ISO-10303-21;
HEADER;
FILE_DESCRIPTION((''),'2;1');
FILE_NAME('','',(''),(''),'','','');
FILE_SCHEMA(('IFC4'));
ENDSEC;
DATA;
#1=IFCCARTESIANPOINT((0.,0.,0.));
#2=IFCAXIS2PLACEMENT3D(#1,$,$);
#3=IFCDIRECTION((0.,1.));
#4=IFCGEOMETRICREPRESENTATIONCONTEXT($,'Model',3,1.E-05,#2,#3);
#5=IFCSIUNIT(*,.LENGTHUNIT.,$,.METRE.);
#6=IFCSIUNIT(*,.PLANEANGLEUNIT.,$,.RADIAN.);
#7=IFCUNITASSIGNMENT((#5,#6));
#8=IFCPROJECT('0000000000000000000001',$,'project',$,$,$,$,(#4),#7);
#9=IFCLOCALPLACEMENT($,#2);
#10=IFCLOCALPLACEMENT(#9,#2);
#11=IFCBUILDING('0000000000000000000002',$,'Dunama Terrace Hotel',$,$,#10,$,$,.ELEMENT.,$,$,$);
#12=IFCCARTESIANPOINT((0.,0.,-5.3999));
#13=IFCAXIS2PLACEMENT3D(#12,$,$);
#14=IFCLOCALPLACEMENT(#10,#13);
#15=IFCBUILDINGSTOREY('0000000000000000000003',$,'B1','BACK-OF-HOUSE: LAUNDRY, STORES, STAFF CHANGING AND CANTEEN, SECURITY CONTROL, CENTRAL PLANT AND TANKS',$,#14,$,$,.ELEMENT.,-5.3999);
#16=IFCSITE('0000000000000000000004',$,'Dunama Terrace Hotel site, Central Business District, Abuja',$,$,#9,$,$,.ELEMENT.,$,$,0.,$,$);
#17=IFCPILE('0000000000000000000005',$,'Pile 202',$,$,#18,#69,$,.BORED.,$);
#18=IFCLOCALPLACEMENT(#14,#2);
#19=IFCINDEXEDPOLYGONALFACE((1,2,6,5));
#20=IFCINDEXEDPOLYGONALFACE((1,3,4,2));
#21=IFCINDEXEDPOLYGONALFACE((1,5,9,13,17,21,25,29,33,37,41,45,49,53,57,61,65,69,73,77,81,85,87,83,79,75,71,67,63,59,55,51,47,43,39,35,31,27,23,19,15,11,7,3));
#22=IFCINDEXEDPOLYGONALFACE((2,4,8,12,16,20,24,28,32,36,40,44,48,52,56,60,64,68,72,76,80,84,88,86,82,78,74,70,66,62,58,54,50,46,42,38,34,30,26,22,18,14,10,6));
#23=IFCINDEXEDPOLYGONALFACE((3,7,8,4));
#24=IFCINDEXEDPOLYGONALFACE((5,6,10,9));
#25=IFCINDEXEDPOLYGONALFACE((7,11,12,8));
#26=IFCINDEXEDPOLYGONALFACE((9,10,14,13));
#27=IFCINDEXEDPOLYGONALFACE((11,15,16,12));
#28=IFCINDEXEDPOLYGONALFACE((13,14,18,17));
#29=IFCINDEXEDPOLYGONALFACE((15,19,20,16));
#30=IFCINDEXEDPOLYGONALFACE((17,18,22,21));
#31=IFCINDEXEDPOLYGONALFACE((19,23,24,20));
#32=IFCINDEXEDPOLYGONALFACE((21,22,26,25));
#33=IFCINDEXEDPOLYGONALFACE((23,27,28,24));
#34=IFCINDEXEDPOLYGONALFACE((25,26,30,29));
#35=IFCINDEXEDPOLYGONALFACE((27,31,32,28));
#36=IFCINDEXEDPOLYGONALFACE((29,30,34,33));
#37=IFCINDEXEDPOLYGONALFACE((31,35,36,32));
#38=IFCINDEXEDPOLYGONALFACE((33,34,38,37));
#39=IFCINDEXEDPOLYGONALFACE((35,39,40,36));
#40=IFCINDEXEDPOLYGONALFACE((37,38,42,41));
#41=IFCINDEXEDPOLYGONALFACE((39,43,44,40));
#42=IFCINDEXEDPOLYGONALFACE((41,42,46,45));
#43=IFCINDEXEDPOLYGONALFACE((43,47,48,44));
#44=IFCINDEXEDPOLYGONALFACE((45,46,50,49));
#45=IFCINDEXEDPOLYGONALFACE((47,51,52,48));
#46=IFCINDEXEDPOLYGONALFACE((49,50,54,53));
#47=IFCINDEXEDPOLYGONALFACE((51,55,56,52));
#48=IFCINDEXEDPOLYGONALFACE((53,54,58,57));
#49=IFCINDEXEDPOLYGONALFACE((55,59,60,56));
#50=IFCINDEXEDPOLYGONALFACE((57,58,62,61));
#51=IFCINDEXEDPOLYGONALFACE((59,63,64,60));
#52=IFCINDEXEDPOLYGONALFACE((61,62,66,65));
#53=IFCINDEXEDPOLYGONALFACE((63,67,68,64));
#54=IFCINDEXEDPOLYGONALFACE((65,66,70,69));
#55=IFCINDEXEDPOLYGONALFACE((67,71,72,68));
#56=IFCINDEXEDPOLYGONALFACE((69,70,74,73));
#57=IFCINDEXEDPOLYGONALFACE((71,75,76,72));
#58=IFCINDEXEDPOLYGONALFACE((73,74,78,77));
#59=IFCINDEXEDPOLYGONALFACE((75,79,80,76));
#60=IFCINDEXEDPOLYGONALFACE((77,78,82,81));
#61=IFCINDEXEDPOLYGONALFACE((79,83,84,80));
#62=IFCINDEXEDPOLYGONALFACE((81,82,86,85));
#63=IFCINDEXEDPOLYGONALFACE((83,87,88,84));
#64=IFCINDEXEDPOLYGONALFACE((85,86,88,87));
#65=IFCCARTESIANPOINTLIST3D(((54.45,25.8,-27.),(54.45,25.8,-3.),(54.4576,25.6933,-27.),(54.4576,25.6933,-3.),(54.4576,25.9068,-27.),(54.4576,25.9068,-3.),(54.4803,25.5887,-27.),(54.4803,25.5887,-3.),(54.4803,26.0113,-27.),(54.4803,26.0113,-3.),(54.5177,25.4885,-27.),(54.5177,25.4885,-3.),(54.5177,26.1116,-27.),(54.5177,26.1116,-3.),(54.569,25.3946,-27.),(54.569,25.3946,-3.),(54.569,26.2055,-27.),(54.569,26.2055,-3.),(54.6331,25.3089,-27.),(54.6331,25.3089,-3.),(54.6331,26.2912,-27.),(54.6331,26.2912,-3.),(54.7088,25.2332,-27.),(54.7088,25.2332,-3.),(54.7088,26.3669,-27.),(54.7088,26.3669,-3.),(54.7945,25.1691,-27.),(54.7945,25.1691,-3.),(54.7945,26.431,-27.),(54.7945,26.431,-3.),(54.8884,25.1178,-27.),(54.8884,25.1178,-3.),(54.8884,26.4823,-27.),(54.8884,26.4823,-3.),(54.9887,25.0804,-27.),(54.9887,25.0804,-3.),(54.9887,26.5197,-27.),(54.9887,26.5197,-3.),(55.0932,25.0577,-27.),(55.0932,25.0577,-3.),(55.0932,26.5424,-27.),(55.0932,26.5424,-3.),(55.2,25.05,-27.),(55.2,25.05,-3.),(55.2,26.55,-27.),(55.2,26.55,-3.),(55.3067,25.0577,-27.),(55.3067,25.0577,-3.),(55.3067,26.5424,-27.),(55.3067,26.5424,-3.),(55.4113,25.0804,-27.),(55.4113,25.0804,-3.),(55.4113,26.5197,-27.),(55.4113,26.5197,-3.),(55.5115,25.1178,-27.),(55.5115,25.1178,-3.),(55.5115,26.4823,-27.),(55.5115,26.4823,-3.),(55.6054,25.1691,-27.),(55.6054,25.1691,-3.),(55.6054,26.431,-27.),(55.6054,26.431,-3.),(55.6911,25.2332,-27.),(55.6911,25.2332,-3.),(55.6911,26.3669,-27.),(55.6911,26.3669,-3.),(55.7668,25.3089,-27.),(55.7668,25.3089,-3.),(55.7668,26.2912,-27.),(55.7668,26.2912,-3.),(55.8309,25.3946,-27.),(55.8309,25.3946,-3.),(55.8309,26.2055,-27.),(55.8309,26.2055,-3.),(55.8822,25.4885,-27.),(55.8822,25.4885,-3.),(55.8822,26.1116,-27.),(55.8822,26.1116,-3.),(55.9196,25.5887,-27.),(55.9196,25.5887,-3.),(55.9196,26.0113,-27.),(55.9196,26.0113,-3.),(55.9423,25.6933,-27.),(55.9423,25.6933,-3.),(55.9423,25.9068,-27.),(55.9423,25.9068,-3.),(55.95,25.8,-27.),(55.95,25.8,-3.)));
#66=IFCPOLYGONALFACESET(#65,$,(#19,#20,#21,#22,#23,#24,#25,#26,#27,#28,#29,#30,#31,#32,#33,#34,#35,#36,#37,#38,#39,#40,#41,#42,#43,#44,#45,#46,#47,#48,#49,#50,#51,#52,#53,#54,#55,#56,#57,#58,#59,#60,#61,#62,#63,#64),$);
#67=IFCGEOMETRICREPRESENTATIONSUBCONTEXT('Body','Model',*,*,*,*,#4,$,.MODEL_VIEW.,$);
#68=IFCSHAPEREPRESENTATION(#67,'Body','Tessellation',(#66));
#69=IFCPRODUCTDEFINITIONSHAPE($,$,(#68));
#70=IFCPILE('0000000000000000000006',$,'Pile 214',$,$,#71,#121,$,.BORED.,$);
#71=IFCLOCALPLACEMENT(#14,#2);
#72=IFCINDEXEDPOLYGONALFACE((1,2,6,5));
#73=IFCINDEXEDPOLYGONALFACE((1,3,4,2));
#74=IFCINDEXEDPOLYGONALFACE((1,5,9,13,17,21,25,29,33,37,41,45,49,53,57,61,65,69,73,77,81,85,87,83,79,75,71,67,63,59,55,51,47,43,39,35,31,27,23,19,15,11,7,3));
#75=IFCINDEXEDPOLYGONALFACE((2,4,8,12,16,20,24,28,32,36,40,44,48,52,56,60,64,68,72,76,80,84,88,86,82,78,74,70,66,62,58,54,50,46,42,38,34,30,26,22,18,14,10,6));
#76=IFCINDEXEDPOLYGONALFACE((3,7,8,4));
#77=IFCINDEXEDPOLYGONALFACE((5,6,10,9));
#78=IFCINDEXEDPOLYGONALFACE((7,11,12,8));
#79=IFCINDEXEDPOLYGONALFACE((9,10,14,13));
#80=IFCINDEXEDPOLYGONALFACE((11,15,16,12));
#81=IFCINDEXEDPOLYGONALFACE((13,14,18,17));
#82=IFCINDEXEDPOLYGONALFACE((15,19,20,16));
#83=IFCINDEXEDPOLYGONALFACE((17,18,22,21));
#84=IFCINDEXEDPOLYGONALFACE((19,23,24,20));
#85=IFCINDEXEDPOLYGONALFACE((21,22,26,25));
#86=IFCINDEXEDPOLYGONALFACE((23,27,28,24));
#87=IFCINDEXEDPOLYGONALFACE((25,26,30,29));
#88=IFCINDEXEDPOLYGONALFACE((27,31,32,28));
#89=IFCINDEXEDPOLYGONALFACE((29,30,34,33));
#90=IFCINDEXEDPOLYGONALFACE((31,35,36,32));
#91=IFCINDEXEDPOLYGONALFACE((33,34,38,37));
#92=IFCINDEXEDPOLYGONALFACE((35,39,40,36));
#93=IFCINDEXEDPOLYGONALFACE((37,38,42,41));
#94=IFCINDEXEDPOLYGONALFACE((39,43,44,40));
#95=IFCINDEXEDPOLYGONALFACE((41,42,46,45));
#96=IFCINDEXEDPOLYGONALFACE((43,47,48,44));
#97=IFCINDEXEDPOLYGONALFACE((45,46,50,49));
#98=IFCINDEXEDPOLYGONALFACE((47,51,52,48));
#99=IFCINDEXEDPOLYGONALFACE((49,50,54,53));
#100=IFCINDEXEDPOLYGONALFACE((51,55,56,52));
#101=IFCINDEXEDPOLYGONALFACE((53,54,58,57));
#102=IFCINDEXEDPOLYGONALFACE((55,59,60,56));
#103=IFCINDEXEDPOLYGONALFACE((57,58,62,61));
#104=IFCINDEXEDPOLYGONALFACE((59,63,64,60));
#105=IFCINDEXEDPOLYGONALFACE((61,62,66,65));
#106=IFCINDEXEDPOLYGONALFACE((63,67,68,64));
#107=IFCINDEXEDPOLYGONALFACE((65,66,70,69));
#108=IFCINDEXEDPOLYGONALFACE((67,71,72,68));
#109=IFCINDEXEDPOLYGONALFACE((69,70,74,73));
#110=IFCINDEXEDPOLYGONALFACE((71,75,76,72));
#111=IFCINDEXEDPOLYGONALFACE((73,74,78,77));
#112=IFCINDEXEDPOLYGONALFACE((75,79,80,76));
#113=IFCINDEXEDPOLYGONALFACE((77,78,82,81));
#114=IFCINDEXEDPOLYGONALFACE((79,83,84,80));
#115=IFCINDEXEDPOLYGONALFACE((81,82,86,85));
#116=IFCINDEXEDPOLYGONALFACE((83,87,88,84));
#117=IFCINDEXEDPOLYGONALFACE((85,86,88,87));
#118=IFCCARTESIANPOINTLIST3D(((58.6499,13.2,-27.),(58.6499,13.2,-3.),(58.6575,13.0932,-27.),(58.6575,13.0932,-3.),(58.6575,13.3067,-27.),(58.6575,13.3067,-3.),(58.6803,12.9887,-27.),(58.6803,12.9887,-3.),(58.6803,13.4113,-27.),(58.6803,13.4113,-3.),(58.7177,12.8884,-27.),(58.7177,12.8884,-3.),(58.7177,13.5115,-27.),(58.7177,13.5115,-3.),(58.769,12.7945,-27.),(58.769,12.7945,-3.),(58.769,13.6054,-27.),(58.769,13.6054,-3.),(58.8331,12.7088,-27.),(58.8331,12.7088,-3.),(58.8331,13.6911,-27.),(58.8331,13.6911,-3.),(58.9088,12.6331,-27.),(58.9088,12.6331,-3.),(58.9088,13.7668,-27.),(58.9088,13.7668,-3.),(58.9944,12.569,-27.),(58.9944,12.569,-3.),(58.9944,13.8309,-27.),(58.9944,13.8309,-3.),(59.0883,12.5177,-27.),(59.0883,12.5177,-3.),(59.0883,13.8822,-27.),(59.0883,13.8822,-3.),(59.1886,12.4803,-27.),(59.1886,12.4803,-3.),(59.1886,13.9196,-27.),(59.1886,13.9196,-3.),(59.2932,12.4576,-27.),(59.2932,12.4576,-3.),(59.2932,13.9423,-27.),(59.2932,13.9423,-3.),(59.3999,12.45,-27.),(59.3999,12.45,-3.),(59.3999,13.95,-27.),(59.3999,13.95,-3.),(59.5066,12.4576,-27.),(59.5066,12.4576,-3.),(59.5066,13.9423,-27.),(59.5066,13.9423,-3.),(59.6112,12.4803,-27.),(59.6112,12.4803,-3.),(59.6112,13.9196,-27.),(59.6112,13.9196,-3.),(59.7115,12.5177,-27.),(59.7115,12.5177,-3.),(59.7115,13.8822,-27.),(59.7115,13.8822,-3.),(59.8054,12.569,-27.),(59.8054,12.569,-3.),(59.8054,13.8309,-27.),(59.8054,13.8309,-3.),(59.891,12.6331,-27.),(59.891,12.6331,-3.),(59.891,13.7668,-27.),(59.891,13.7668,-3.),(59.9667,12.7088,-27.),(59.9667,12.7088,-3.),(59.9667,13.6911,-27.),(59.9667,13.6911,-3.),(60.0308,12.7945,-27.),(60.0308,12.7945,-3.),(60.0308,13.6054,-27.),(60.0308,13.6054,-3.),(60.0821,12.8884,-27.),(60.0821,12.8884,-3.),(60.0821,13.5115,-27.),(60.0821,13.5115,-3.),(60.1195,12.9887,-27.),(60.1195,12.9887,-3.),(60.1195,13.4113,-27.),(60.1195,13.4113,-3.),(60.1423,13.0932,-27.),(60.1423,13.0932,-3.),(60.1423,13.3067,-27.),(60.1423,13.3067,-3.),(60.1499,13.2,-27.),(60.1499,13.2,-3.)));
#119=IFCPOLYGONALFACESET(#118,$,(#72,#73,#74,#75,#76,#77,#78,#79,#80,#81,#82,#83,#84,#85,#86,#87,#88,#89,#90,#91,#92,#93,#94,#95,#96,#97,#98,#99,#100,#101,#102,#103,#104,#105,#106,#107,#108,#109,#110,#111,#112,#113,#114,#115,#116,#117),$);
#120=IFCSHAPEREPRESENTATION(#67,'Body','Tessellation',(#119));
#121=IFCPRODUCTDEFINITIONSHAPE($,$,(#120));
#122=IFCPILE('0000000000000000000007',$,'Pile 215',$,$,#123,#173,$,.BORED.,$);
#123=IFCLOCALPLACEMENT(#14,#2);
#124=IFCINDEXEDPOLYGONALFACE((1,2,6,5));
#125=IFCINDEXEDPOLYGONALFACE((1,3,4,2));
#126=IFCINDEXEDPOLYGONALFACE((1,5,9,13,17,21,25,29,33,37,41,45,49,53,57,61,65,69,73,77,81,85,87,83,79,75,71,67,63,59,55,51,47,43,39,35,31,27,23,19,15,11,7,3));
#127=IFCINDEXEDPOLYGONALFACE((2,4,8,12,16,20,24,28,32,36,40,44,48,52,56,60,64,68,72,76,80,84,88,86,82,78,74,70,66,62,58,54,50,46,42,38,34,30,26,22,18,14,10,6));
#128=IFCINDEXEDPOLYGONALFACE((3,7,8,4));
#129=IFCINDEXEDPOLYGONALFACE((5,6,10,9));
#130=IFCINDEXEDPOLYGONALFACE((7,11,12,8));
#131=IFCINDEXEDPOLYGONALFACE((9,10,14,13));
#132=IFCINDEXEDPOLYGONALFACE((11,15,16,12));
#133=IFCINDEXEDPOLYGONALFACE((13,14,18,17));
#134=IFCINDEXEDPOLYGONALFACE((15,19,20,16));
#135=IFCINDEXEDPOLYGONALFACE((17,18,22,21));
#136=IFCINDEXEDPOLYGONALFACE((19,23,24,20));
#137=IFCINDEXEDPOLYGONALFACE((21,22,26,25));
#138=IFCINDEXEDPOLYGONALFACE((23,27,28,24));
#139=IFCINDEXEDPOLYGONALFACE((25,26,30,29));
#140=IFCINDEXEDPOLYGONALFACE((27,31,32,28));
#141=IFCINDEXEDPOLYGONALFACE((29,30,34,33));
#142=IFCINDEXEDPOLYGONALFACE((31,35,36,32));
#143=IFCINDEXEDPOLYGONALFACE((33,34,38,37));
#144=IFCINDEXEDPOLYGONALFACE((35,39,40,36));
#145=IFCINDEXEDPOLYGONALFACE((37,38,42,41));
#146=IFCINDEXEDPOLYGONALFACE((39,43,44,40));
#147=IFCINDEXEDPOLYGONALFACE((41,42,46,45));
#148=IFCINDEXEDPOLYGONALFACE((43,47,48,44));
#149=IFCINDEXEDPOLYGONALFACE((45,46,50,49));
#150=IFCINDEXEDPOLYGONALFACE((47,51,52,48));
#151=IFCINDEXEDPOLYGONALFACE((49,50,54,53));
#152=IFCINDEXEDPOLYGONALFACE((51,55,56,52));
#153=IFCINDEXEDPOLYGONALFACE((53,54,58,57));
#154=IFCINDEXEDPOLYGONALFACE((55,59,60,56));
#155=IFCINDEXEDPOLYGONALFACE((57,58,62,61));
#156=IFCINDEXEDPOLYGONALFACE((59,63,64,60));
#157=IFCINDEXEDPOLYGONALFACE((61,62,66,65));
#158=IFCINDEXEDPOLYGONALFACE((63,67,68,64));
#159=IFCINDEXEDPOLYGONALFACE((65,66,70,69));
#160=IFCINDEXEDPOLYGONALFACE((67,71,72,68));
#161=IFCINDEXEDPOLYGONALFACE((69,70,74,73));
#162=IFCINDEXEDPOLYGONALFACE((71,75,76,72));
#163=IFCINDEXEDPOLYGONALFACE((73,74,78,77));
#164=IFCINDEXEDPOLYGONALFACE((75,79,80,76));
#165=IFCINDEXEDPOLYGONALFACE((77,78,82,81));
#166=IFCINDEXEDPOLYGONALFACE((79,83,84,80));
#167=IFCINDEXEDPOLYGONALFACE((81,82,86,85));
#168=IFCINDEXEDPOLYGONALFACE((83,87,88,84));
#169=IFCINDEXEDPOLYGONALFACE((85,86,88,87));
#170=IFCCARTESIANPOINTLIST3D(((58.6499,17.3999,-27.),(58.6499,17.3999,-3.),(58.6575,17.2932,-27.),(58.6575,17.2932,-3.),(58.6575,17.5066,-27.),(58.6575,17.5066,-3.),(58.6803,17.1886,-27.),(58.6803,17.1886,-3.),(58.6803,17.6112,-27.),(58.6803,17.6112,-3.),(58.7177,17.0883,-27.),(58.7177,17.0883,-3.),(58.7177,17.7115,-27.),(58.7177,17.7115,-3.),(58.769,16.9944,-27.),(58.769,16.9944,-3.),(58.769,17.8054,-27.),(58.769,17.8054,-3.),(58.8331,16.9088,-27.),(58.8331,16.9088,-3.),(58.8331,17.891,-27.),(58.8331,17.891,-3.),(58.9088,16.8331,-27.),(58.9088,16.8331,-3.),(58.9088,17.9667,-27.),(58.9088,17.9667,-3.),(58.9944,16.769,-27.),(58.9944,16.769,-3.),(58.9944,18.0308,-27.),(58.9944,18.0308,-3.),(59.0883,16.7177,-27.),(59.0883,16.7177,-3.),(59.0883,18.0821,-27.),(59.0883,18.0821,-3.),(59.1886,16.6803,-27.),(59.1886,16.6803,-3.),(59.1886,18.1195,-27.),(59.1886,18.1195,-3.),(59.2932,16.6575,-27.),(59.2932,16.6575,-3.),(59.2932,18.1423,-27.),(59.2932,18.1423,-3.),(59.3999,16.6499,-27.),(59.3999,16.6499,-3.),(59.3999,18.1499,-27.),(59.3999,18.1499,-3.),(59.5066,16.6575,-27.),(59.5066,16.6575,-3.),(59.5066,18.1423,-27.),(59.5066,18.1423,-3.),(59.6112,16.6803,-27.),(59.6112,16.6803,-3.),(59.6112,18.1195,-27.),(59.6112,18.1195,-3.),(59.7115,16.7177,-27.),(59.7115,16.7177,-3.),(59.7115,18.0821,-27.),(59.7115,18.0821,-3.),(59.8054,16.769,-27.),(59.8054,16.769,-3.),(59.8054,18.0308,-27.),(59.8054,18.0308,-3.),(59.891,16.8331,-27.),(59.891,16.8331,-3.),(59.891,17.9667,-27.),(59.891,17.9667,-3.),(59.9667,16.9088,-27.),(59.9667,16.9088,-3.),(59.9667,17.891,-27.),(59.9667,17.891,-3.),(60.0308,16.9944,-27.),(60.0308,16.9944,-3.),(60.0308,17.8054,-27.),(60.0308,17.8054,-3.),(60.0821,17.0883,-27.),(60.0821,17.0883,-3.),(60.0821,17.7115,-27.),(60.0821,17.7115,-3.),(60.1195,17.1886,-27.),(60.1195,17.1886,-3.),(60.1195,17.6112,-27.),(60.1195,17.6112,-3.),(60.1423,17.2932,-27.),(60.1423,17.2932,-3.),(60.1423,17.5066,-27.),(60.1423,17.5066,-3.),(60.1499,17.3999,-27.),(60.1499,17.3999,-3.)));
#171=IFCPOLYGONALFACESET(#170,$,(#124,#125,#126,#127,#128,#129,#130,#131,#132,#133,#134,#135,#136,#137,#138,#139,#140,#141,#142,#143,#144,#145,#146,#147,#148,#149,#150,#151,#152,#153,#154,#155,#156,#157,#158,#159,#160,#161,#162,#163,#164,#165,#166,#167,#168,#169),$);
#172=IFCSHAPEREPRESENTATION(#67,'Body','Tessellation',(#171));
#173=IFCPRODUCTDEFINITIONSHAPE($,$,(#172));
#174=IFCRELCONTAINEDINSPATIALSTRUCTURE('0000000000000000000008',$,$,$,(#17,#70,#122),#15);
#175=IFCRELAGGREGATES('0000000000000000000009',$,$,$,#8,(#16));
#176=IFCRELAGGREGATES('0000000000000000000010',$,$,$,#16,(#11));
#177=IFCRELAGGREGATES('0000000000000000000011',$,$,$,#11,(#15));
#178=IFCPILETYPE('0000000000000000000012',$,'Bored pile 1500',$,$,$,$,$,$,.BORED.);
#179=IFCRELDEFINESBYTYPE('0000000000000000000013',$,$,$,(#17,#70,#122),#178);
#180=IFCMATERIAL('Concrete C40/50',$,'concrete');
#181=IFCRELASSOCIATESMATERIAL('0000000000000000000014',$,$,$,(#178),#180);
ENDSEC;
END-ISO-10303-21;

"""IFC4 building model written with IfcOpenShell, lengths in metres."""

from ifc_helpers import new_model, si_unit, direction, frame, origin, origin_2d, place, context, subcontext, project, spatial, circle, extrude, material, material_profile, profile_set, type_object, element, save


model = new_model("IFC4")

# Units and contexts
model_context = context("Model", 3, precision=1e-05, world=origin(), true_north=direction((0.0, 1.0)))
body_context = subcontext(model_context, "Body", "Model", "MODEL_VIEW")
ifc_project = project(units=[si_unit("LENGTHUNIT", "METRE"), si_unit("PLANEANGLEUNIT", "RADIAN")], contexts=[model_context])

# Site, building, storey
site_placement = place(None, origin())
site = spatial("IfcSite", under=ifc_project, at=site_placement, Name="Dunama Terrace Hotel site, Central Business District, Abuja", CompositionType="ELEMENT", RefElevation=0.0)
building_placement = place(site_placement, origin())
building = spatial("IfcBuilding", under=site, at=building_placement, Name="Dunama Terrace Hotel", CompositionType="ELEMENT")
storey_placement = place(building_placement, frame((0.0, 0.0, -5.3999)))
storey = spatial("IfcBuildingStorey", under=building, at=storey_placement, Name="B1", Description="BACK-OF-HOUSE: LAUNDRY, STORES, STAFF CHANGING AND CANTEEN, SECURITY CONTROL, CENTRAL PLANT AND TANKS", CompositionType="ELEMENT", Elevation=-5.3999)

# Piles
ifc_material_1 = material(Name="Concrete C40/50", Category="concrete")
ifc_material_profile_1 = material_profile(ifc_material_1, circle(Radius=0.75, at=origin_2d()), Name="PILE D1500")
ifc_profile_set_1 = profile_set([ifc_material_profile_1], Name="Concrete C40/50")
pile_type = type_object("IfcPileType", Name="Bored pile 1500", PredefinedType="BORED", material=ifc_profile_set_1)
for number, where, z_axis, x_axis, name in (
    (1, (55.2, 25.8, -3.0), (0.0, 0.0, -1.0), (1.0, 0.0, 0.0), "Pile 202"),
    (2, (59.3999, 13.2, -3.0), (0.0, 0.0, -1.0), (1.0, 0.0, 0.0), "Pile 214"),
    (3, (59.3999, 17.3999, -3.0), (0.0, 0.0, -1.0), (1.0, 0.0, 0.0), "Pile 215"),
):
    element("IfcPile", number, at=place(storey_placement, frame(where, z_axis=z_axis, x_axis=x_axis)), inside=storey, type_object=pile_type, Name=name, PredefinedType="BORED", context=body_context, shape_type="SweptSolid", body=[
        extrude(circle(Radius=0.75, at=origin_2d()), origin(), (0.0, 0.0, 1.0), 24.0),
    ])

save(model, "model.ifc")
